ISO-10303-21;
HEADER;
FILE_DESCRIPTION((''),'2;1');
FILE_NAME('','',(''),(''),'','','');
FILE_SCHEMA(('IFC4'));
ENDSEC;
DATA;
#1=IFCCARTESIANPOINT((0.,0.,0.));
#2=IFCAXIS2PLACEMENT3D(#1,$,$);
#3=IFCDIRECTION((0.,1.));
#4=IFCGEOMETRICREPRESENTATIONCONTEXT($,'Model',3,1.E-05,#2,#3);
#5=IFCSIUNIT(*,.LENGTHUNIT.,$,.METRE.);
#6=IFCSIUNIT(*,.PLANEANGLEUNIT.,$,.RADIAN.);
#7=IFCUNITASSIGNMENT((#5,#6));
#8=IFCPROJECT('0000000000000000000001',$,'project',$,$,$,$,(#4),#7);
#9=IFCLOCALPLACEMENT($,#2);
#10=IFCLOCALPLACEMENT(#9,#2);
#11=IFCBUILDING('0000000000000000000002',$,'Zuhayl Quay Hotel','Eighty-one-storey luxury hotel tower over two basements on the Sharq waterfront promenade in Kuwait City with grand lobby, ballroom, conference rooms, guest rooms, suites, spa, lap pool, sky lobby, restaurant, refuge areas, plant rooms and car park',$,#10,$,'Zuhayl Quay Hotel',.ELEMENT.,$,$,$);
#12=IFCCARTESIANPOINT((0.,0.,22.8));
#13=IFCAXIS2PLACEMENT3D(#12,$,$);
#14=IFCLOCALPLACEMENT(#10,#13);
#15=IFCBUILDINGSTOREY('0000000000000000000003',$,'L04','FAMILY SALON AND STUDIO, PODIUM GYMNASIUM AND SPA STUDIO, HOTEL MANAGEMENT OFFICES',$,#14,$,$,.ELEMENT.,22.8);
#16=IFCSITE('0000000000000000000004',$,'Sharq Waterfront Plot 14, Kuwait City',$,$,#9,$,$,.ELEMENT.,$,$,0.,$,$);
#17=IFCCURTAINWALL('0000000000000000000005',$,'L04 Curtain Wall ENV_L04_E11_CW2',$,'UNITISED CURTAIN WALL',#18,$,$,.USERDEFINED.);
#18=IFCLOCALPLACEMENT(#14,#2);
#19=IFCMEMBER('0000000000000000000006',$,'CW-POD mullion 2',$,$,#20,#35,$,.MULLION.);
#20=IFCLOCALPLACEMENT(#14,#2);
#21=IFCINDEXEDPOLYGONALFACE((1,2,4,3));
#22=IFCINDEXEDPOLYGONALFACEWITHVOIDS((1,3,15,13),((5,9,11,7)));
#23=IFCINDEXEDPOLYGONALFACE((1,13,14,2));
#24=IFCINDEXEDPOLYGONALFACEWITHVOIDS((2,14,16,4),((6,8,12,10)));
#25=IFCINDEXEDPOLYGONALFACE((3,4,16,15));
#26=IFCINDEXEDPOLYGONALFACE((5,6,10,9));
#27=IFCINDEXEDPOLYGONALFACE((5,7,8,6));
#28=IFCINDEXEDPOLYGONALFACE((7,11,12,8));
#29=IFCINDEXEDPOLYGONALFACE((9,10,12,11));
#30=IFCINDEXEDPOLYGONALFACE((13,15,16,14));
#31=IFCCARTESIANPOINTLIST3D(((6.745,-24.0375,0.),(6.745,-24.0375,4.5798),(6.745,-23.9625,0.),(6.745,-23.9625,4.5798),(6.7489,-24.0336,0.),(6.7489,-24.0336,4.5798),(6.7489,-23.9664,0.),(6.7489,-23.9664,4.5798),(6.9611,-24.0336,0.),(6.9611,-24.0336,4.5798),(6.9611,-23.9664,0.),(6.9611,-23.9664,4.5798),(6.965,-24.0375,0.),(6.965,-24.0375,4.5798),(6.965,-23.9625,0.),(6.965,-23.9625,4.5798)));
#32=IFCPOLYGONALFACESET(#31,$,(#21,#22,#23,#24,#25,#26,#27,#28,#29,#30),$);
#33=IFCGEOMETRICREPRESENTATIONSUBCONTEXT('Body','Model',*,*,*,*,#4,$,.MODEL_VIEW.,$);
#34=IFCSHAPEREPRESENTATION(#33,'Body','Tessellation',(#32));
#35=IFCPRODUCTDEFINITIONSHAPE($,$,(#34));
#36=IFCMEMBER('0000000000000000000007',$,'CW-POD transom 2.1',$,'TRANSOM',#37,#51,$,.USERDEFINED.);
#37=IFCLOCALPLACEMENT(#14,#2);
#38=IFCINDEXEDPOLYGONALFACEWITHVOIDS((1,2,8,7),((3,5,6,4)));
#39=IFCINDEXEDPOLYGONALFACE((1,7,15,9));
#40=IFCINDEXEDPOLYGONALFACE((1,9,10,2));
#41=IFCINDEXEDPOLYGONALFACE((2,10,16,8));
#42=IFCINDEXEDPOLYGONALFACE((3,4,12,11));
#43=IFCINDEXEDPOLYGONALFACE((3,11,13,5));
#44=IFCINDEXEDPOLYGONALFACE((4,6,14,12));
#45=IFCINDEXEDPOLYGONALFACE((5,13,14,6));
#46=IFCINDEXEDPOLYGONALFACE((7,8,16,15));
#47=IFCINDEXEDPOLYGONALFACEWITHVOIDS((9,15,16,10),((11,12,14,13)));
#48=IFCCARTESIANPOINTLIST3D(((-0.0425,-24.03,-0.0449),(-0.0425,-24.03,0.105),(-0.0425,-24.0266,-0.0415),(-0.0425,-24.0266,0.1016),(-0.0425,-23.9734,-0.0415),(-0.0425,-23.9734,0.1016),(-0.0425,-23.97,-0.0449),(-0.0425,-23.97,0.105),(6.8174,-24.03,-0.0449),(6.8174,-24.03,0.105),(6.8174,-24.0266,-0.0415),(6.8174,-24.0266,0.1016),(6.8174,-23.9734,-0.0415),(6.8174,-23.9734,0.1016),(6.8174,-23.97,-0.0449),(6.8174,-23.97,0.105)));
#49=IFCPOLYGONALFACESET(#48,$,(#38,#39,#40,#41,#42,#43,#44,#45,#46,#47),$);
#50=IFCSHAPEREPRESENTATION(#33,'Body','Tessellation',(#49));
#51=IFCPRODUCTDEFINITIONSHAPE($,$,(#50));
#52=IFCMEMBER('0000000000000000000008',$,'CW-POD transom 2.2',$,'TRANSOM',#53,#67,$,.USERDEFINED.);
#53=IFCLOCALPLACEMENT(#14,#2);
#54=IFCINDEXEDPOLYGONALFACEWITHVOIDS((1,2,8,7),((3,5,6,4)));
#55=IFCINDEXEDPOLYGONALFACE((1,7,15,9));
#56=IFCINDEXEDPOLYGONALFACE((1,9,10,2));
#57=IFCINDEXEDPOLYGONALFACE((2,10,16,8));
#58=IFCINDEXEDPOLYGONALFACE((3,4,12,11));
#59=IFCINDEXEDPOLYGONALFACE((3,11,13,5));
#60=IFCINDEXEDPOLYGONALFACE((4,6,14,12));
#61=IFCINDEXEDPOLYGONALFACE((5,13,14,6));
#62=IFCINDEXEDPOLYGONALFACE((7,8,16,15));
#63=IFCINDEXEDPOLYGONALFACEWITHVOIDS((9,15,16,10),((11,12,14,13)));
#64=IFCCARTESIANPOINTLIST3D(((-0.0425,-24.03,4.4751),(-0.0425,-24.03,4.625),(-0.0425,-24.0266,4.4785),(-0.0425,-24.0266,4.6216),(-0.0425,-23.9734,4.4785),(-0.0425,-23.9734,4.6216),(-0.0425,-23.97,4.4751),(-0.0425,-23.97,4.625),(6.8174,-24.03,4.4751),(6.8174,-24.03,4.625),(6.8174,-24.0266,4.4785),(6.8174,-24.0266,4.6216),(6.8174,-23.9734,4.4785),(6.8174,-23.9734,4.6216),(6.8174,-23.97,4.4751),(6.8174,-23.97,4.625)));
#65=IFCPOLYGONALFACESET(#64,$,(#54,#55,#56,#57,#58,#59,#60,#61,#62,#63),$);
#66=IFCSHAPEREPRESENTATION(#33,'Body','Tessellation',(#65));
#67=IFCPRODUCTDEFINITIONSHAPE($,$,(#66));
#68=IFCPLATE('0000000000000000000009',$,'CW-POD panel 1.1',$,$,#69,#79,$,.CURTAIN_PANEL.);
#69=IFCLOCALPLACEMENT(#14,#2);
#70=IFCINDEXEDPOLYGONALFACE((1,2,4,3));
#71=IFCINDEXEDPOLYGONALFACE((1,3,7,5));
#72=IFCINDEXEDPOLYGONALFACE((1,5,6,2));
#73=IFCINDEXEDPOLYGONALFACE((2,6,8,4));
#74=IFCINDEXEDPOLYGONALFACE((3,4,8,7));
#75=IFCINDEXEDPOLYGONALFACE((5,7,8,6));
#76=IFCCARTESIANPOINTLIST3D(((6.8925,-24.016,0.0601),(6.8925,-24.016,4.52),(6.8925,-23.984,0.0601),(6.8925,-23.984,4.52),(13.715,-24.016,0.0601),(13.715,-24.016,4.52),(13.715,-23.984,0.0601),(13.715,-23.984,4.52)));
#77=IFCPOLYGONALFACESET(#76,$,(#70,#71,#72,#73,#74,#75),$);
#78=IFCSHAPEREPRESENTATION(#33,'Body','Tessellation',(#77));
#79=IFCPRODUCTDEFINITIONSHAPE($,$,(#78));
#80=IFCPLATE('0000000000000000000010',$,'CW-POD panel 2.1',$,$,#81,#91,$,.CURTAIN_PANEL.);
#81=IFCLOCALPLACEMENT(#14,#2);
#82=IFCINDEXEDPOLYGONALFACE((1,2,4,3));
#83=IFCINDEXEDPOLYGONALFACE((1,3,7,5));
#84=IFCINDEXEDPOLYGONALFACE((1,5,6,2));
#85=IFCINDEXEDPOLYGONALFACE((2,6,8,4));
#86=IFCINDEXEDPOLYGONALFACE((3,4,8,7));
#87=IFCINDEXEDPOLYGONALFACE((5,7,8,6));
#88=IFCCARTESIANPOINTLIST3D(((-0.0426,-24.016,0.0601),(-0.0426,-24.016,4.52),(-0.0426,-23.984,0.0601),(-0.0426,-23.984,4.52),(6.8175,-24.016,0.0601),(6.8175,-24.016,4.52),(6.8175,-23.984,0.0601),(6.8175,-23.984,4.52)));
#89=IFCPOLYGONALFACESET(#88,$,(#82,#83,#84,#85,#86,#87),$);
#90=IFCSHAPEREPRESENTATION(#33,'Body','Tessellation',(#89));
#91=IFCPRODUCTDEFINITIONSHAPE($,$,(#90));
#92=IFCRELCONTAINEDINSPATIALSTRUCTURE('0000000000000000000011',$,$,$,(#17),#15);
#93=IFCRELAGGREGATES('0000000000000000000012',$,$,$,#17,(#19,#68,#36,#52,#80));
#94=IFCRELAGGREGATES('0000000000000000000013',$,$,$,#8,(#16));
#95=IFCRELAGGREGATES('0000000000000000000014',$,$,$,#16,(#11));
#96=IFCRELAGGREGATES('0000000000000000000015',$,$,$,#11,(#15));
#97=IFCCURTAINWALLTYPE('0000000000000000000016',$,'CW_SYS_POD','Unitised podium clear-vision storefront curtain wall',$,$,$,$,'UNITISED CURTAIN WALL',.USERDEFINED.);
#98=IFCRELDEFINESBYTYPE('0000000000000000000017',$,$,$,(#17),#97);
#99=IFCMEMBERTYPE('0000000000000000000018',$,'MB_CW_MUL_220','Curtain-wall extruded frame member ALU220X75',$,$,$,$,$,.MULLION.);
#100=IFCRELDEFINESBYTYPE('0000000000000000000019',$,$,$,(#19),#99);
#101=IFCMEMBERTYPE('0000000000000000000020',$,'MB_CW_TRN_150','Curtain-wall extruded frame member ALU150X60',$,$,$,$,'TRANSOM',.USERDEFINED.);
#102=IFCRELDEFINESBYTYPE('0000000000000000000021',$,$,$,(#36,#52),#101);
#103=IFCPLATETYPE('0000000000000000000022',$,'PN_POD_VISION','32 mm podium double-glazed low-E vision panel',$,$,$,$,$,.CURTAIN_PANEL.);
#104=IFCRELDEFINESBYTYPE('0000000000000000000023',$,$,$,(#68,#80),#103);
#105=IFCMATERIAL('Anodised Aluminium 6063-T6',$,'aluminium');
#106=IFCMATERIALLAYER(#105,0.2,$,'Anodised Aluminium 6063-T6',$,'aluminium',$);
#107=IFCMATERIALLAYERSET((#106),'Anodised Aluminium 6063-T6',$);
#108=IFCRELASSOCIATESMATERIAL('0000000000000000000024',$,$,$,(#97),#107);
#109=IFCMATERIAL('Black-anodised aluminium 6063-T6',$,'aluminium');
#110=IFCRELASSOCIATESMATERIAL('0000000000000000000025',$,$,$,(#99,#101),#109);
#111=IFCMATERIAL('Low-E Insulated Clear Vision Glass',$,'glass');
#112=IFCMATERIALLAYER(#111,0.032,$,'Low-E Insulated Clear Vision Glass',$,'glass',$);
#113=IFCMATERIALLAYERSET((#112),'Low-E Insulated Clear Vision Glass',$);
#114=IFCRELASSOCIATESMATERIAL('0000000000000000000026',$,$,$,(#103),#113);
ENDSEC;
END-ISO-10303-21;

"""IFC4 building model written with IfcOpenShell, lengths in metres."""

from ifc_helpers import new_model, si_unit, direction, frame, origin, origin_2d, place, context, subcontext, project, spatial, rectangle, hollow_rectangle, extrude, material, layer, layer_set, material_profile, profile_set, type_object, element, aggregate, save


model = new_model("IFC4")

# Units and contexts
model_context = context("Model", 3, precision=1e-05, world=origin(), true_north=direction((0.0, 1.0)))
body_context = subcontext(model_context, "Body", "Model", "MODEL_VIEW")
ifc_project = project(units=[si_unit("LENGTHUNIT", "METRE"), si_unit("PLANEANGLEUNIT", "RADIAN")], contexts=[model_context])

# Site, building, storey
site_placement = place(None, origin())
site = spatial("IfcSite", under=ifc_project, at=site_placement, Name="Sharq Waterfront Plot 14, Kuwait City", CompositionType="ELEMENT", RefElevation=0.0)
building_placement = place(site_placement, origin())
building = spatial("IfcBuilding", under=site, at=building_placement, Name="Zuhayl Quay Hotel", Description="Eighty-one-storey luxury hotel tower over two basements on the Sharq waterfront promenade in Kuwait City with grand lobby, ballroom, conference rooms, guest rooms, suites, spa, lap pool, sky lobby, restaurant, refuge areas, plant rooms and car park", LongName="Zuhayl Quay Hotel", CompositionType="ELEMENT")
storey_placement = place(building_placement, frame((0.0, 0.0, 22.8)))
storey = spatial("IfcBuildingStorey", under=building, at=storey_placement, Name="L04", Description="FAMILY SALON AND STUDIO, PODIUM GYMNASIUM AND SPA STUDIO, HOTEL MANAGEMENT OFFICES", CompositionType="ELEMENT", Elevation=22.8)

# Curtain wall, members, plates
ifc_material_1 = material(Name="Anodised Aluminium 6063-T6", Category="aluminium")
ifc_layer_1 = layer(ifc_material_1, 0.2, Name="Anodised Aluminium 6063-T6", Category="aluminium")
ifc_layer_set_1 = layer_set([ifc_layer_1], Name="Anodised Aluminium 6063-T6")
curtain_wall_type = type_object("IfcCurtainWallType", Name="CW_SYS_POD", Description="Unitised podium clear-vision storefront curtain wall", ElementType="UNITISED CURTAIN WALL", PredefinedType="USERDEFINED", material=ifc_layer_set_1)
curtain_wall_placement = place(storey_placement, origin())
curtain_wall = element("IfcCurtainWall", 1, at=curtain_wall_placement, inside=storey, type_object=curtain_wall_type, Name="L04 Curtain Wall ENV_L04_E11_CW2", ObjectType="UNITISED CURTAIN WALL", PredefinedType="USERDEFINED")
ifc_material_2 = material(Name="Black-anodised aluminium 6063-T6", Category="aluminium")
ifc_material_profile_1 = material_profile(ifc_material_2, hollow_rectangle(XDim=0.075, YDim=0.22, WallThickness=0.0039, at=origin_2d()), Name="ALU220X75")
ifc_profile_set_1 = profile_set([ifc_material_profile_1], Name="Black-anodised aluminium 6063-T6")
member_type_1 = type_object("IfcMemberType", Name="MB_CW_MUL_220", Description="Curtain-wall extruded frame member ALU220X75", PredefinedType="MULLION", material=ifc_profile_set_1)
member_1_placement = place(storey_placement, frame((6.855, -24.0, 0.0), z_axis=(0.0, 0.0, 1.0), x_axis=(0.0, -1.0, 0.0)))
member_1 = element("IfcMember", 2, at=member_1_placement, type_object=member_type_1, Name="CW-POD mullion 2", PredefinedType="MULLION", context=body_context, shape_type="SweptSolid", body=[
    extrude(hollow_rectangle(XDim=0.075, YDim=0.22, WallThickness=0.0039, at=origin_2d()), origin(), (0.0, 0.0, 1.0), 4.5798),
])
ifc_material_profile_2 = material_profile(ifc_material_2, hollow_rectangle(XDim=0.0601, YDim=0.1499, WallThickness=0.0034, at=origin_2d()), Name="ALU150X60")
ifc_profile_set_2 = profile_set([ifc_material_profile_2], Name="Black-anodised aluminium 6063-T6")
member_type_2 = type_object("IfcMemberType", Name="MB_CW_TRN_150", Description="Curtain-wall extruded frame member ALU150X60", ElementType="TRANSOM", PredefinedType="USERDEFINED", material=ifc_profile_set_2)
member_2_placement = place(storey_placement, frame((6.8174, -24.0, 0.03), z_axis=(-1.0, 0.0, 0.0), x_axis=(0.0, -1.0, 0.0)))
member_2 = element("IfcMember", 3, at=member_2_placement, type_object=member_type_2, Name="CW-POD transom 2.1", ObjectType="TRANSOM", PredefinedType="USERDEFINED", context=body_context, shape_type="SweptSolid", body=[
    extrude(hollow_rectangle(XDim=0.0601, YDim=0.1499, WallThickness=0.0034, at=origin_2d()), origin(), (0.0, 0.0, 1.0), 6.8599),
])
member_3_placement = place(storey_placement, frame((6.8174, -24.0, 4.55), z_axis=(-1.0, 0.0, 0.0), x_axis=(0.0, -1.0, 0.0)))
member_3 = element("IfcMember", 4, at=member_3_placement, type_object=member_type_2, Name="CW-POD transom 2.2", ObjectType="TRANSOM", PredefinedType="USERDEFINED", context=body_context, shape_type="SweptSolid", body=[
    extrude(hollow_rectangle(XDim=0.0601, YDim=0.1499, WallThickness=0.0034, at=origin_2d()), origin(), (0.0, 0.0, 1.0), 6.8599),
])
ifc_material_3 = material(Name="Low-E Insulated Clear Vision Glass", Category="glass")
ifc_layer_2 = layer(ifc_material_3, 0.032, Name="Low-E Insulated Clear Vision Glass", Category="glass")
ifc_layer_set_2 = layer_set([ifc_layer_2], Name="Low-E Insulated Clear Vision Glass")
plate_type = type_object("IfcPlateType", Name="PN_POD_VISION", Description="32 mm podium double-glazed low-E vision panel", PredefinedType="CURTAIN_PANEL", material=ifc_layer_set_2)
plate_1_placement = place(storey_placement, frame((10.3037, -24.0, 0.0601), z_axis=(0.0, 0.0, 1.0), x_axis=(-1.0, 0.0, 0.0)))
plate_1 = element("IfcPlate", 5, at=plate_1_placement, type_object=plate_type, Name="CW-POD panel 1.1", PredefinedType="CURTAIN_PANEL", context=body_context, shape_type="SweptSolid", body=[
    extrude(rectangle(XDim=6.8225, YDim=0.032, at=origin_2d()), origin(), (0.0, 0.0, 1.0), 4.46),
])
plate_2_placement = place(storey_placement, frame((3.3875, -24.0, 0.0601), z_axis=(0.0, 0.0, 1.0), x_axis=(-1.0, 0.0, 0.0)))
plate_2 = element("IfcPlate", 6, at=plate_2_placement, type_object=plate_type, Name="CW-POD panel 2.1", PredefinedType="CURTAIN_PANEL", context=body_context, shape_type="SweptSolid", body=[
    extrude(rectangle(XDim=6.8601, YDim=0.032, at=origin_2d()), origin(), (0.0, 0.0, 1.0), 4.46),
])
aggregate(curtain_wall, [member_1, plate_1, member_2, member_3, plate_2])

save(model, "model.ifc")
